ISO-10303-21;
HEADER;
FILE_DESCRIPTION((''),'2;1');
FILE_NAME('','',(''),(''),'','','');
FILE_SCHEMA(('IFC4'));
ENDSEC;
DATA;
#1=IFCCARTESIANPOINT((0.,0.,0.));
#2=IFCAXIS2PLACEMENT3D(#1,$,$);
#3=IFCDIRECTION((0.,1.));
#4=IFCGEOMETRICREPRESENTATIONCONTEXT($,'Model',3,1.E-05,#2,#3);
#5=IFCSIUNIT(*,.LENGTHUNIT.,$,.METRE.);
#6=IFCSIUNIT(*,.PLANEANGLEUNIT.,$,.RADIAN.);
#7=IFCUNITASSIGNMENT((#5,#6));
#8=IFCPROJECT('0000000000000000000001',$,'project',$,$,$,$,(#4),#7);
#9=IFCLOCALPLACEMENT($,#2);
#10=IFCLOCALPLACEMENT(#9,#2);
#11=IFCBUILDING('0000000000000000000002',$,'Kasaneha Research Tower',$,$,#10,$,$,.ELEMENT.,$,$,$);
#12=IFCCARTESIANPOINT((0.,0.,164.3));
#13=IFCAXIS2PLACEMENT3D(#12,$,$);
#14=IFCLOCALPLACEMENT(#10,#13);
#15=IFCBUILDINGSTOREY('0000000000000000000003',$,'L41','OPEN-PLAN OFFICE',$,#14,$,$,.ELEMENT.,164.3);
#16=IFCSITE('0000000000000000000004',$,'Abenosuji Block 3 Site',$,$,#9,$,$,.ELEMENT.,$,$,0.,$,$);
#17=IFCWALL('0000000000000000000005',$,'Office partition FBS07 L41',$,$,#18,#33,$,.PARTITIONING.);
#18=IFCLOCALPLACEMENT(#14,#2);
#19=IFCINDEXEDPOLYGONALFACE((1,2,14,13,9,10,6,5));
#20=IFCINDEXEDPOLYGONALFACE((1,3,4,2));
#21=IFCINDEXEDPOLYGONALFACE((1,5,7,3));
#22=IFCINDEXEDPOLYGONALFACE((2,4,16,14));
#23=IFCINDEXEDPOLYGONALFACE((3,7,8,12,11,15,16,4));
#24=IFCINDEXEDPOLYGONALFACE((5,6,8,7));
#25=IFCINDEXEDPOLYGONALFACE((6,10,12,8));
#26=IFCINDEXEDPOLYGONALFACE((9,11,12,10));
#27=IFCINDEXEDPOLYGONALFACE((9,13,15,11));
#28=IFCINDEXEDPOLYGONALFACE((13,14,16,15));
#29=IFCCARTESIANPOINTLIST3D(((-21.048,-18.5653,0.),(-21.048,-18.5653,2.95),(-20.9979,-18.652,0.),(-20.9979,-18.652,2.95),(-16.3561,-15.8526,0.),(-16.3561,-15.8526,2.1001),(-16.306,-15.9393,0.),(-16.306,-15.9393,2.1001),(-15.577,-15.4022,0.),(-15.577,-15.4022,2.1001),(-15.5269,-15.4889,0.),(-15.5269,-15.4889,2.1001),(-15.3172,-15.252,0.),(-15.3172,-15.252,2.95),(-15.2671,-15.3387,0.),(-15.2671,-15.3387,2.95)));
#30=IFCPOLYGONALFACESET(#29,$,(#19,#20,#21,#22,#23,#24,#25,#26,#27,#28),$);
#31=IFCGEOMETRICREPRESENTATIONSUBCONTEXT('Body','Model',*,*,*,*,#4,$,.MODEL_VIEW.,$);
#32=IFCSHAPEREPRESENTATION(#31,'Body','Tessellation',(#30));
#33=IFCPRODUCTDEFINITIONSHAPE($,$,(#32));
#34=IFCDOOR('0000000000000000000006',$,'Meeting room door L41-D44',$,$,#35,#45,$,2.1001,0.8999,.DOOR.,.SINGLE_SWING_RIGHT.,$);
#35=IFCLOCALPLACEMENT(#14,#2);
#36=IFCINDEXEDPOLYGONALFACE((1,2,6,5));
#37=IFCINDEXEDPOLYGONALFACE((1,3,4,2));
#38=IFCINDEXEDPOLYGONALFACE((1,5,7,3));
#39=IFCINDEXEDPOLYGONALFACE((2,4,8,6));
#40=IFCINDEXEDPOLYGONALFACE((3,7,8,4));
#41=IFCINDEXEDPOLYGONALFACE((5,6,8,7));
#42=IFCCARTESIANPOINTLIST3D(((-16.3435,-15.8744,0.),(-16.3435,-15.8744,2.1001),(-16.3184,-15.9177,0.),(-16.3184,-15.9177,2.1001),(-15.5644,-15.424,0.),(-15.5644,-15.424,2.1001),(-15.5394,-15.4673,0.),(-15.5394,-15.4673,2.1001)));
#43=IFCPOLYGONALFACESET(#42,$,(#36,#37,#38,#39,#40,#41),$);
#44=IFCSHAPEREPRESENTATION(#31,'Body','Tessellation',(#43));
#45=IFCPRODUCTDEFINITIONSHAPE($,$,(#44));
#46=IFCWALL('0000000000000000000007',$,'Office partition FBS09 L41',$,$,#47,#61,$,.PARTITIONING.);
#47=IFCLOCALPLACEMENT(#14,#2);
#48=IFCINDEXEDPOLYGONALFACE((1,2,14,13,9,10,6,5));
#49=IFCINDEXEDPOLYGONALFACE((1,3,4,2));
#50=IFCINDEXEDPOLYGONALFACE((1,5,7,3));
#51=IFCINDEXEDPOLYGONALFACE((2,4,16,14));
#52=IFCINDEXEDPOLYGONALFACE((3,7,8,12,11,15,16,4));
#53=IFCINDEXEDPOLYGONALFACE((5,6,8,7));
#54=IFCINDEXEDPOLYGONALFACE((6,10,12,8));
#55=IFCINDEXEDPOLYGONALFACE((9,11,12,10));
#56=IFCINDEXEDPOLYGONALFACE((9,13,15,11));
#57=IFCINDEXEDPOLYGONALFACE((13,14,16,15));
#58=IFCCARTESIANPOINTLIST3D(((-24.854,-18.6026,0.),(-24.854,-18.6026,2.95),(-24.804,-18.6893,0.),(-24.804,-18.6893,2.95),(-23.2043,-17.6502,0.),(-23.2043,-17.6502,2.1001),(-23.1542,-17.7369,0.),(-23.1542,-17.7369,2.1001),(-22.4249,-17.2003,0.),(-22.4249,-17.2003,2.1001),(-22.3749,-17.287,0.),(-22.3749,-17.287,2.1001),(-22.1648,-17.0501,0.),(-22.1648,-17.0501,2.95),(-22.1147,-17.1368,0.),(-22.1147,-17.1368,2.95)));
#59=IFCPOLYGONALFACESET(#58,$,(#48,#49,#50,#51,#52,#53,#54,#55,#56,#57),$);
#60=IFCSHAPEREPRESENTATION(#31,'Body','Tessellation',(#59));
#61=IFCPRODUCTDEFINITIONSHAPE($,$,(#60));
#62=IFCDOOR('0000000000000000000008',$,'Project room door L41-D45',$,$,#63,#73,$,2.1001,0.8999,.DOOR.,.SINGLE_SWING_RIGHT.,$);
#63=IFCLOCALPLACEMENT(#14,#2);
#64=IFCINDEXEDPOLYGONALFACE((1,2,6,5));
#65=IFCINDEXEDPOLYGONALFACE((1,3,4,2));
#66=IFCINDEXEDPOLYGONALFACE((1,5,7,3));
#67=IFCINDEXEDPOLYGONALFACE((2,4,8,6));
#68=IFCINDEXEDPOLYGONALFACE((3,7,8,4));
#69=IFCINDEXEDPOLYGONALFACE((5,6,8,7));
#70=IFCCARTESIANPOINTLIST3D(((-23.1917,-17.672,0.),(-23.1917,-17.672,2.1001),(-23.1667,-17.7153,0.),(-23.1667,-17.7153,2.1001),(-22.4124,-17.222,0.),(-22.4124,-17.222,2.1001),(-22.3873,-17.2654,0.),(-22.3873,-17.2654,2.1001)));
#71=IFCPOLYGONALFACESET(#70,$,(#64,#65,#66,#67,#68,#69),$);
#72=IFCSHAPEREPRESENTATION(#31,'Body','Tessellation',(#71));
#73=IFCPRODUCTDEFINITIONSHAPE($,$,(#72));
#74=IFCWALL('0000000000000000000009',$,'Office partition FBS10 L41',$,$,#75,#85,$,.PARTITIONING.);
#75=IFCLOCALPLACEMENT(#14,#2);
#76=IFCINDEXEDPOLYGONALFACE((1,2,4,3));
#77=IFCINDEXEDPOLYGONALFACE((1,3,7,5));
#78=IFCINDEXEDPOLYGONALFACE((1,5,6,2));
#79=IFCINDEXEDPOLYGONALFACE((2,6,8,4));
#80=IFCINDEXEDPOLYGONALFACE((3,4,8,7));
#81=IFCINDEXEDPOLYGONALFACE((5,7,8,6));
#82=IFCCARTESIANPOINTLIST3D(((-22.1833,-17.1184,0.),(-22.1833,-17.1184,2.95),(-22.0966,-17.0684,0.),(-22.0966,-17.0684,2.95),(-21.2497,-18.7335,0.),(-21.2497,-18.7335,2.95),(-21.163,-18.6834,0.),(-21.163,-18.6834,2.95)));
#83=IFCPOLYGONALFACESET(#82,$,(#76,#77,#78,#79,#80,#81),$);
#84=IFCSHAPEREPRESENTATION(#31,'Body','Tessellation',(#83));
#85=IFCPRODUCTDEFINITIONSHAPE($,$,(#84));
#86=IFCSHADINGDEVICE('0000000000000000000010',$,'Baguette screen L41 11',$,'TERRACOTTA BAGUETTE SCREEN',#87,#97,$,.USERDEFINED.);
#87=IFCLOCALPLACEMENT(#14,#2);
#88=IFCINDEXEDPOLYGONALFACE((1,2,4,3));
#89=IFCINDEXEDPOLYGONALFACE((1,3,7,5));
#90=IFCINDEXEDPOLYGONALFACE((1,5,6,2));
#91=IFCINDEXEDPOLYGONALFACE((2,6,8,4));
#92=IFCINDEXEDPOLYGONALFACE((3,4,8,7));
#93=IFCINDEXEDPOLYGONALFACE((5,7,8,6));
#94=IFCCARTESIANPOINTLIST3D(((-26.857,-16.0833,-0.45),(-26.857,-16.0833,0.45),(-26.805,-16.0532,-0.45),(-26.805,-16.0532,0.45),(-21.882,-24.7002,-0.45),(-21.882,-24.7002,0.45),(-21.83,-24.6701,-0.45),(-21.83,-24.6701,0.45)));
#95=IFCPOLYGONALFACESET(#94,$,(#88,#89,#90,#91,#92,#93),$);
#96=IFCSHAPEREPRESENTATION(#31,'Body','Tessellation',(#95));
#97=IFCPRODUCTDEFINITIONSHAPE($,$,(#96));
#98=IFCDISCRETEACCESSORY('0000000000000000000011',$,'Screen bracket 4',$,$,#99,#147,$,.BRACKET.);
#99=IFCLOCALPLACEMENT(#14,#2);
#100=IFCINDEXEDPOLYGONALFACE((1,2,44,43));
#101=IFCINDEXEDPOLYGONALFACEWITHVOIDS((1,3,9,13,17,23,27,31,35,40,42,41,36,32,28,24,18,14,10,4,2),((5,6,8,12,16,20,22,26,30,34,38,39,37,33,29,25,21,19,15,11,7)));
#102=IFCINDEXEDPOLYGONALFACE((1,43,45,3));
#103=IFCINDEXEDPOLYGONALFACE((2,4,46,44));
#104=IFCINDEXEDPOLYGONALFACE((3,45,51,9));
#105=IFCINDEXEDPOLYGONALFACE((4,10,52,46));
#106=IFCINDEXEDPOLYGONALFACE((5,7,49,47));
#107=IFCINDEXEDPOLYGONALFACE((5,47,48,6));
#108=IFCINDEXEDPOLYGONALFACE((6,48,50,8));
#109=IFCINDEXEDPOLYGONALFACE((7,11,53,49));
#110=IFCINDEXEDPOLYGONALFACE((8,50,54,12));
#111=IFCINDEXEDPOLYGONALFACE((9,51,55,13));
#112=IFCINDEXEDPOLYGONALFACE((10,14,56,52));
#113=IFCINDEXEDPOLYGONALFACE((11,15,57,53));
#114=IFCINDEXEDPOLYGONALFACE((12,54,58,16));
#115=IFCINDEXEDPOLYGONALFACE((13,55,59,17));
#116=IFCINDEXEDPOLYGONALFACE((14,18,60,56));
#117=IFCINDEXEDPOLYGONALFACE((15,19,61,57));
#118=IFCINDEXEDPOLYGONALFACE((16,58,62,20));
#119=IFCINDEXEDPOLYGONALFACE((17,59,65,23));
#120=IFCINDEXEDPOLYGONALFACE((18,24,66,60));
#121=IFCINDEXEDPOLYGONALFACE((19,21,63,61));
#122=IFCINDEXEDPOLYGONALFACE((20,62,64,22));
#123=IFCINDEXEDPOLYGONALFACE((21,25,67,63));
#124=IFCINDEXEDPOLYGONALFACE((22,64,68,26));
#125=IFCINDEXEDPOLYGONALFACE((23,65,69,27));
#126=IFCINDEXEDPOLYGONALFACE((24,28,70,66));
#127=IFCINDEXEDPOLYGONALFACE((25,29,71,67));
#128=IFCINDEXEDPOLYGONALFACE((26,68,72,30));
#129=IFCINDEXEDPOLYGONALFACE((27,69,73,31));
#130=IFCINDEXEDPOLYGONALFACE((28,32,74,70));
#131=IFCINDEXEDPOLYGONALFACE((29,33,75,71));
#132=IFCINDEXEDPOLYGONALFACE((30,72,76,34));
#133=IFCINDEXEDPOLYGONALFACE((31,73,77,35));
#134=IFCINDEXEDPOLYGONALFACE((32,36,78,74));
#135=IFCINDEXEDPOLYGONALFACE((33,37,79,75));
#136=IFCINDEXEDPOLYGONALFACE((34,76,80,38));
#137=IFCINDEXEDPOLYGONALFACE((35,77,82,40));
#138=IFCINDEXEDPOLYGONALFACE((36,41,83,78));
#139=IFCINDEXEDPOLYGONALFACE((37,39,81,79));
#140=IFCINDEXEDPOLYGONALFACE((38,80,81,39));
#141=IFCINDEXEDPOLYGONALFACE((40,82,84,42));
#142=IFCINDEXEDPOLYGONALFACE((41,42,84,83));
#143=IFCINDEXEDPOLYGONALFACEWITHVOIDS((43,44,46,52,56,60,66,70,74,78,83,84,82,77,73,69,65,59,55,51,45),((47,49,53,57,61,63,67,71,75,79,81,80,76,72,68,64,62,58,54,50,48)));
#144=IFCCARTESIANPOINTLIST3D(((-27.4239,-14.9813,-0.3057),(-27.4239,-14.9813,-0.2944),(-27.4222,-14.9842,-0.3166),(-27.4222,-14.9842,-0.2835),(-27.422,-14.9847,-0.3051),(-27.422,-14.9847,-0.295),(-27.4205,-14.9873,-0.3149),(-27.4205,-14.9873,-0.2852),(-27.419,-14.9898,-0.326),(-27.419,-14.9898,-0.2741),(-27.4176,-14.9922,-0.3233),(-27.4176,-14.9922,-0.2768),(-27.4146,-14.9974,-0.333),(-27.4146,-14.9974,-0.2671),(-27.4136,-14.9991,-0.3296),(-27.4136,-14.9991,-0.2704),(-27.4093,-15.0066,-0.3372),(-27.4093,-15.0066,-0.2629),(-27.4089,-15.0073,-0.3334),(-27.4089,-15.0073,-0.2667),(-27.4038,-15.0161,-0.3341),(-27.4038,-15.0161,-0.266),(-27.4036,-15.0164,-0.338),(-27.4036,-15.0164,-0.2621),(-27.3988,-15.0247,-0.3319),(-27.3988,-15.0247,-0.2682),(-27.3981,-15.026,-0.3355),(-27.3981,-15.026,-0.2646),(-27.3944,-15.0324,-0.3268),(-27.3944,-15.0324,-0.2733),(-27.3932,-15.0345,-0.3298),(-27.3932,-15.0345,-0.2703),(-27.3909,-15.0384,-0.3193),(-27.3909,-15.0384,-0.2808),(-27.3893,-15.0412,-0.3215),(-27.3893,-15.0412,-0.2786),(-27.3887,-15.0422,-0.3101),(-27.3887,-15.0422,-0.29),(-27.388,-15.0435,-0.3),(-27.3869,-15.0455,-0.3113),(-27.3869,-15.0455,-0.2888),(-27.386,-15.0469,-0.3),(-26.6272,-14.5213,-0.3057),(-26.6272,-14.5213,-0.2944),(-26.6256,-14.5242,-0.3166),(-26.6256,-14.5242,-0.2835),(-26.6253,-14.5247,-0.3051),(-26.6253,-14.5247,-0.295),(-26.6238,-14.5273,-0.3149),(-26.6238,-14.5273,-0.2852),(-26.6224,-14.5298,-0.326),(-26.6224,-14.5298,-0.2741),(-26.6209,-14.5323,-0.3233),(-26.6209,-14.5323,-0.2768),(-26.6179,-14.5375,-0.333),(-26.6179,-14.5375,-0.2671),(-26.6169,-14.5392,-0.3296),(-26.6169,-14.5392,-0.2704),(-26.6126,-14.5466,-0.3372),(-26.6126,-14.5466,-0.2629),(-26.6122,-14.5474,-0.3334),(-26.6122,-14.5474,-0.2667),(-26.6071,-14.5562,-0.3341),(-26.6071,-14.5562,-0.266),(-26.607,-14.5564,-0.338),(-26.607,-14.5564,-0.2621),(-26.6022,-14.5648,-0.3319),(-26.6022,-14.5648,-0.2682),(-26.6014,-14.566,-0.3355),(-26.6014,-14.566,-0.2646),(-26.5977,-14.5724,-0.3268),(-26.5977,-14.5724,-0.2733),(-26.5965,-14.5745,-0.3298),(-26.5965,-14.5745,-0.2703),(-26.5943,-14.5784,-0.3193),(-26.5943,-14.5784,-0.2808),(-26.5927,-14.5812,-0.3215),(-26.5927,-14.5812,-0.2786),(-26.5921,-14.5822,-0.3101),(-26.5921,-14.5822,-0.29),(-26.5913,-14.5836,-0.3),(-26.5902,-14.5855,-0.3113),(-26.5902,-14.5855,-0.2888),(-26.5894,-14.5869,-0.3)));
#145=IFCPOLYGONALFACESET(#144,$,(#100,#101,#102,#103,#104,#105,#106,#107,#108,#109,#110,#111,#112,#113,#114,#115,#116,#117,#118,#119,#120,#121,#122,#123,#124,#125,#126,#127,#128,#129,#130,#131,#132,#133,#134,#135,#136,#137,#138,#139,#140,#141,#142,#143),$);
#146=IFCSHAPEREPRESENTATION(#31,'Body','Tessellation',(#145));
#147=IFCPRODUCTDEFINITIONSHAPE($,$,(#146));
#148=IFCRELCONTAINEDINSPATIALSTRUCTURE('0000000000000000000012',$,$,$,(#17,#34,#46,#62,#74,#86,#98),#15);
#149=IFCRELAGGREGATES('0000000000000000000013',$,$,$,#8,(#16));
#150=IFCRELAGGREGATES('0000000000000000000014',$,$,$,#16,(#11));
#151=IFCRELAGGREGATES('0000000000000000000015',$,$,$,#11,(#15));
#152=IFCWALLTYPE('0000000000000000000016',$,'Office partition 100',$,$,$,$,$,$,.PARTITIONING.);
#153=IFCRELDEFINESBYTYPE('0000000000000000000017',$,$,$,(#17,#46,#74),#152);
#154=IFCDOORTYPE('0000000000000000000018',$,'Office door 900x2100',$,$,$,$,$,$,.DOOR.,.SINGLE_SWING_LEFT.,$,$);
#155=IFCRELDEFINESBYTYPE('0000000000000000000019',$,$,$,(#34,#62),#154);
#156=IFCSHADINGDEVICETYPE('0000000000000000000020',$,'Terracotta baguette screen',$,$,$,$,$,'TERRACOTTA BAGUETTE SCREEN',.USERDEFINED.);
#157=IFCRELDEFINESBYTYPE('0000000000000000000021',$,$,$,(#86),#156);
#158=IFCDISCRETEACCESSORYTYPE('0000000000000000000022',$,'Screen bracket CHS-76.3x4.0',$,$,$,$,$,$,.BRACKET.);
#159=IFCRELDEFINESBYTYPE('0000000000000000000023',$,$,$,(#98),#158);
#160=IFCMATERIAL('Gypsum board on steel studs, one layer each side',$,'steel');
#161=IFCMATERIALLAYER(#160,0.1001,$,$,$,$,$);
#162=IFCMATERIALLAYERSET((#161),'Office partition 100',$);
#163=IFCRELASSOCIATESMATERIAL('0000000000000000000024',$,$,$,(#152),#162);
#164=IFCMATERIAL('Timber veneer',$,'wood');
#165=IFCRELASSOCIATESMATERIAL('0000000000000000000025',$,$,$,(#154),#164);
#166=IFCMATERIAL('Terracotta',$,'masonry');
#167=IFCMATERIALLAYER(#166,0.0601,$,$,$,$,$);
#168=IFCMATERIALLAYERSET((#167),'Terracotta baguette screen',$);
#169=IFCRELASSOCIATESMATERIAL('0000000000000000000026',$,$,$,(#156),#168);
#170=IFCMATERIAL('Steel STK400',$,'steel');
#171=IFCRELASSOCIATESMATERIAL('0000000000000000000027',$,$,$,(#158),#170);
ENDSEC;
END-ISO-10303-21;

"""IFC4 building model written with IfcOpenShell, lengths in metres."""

from ifc_helpers import new_model, si_unit, direction, frame, frame_2d, origin, origin_2d, place, context, subcontext, project, spatial, rectangle, hollow_circle, extrude, material, layer, layer_set, material_profile, profile_set, type_object, element, fill, save


model = new_model("IFC4")

# Units and contexts
model_context = context("Model", 3, precision=1e-05, world=origin(), true_north=direction((0.0, 1.0)))
body_context = subcontext(model_context, "Body", "Model", "MODEL_VIEW")
ifc_project = project(units=[si_unit("LENGTHUNIT", "METRE"), si_unit("PLANEANGLEUNIT", "RADIAN")], contexts=[model_context])

# Site, building, storey
site_placement = place(None, origin())
site = spatial("IfcSite", under=ifc_project, at=site_placement, Name="Abenosuji Block 3 Site", CompositionType="ELEMENT", RefElevation=0.0)
building_placement = place(site_placement, origin())
building = spatial("IfcBuilding", under=site, at=building_placement, Name="Kasaneha Research Tower", CompositionType="ELEMENT")
storey_placement = place(building_placement, frame((0.0, 0.0, 164.3)))
storey = spatial("IfcBuildingStorey", under=building, at=storey_placement, Name="L41", Description="OPEN-PLAN OFFICE", CompositionType="ELEMENT", Elevation=164.3)

# Shared definitions
ifc_material_1 = material(Name="Gypsum board on steel studs, one layer each side", Category="steel")
ifc_layer_1 = layer(ifc_material_1, 0.1001)
ifc_layer_set_1 = layer_set([ifc_layer_1], Name="Office partition 100")
wall_type = type_object("IfcWallType", Name="Office partition 100", PredefinedType="PARTITIONING", material=ifc_layer_set_1)

# Walls, openings, doors
wall_1_placement = place(storey_placement, frame((-21.0229, -18.6086, 0.0), z_axis=(0.0, 0.0, 1.0), x_axis=(0.865724, 0.500522, 0.0)))
wall_1 = element("IfcWall", 1, at=wall_1_placement, inside=storey, type_object=wall_type, Name="Office partition FBS07 L41", PredefinedType="PARTITIONING", context=body_context, shape_type="SweptSolid", body=[
    extrude(rectangle(XDim=6.6196, YDim=0.1001, at=frame_2d((3.3098, 0.0))), origin(), (0.0, 0.0, 1.0), 2.95),
])
opening_1_placement = place(wall_1_placement, frame((5.4197, 0.0, 0.0)))
opening_1 = element("IfcOpeningElement", 2, at=opening_1_placement, cuts=wall_1, PredefinedType="OPENING", context=body_context, shape_type="SweptSolid", body=[
    extrude(rectangle(XDim=0.8999, YDim=2.1001, at=frame_2d((0.45, 1.05))), frame((0.0, 0.0601, 0.0), z_axis=(0.0, -1.0, 0.0), x_axis=(1.0, 0.0, 0.0)), (0.0, 0.0, 1.0), 0.1201),
])
ifc_material_2 = material(Name="Timber veneer", Category="wood")
door_type = type_object("IfcDoorType", Name="Office door 900x2100", OperationType="SINGLE_SWING_LEFT", PredefinedType="DOOR", material=ifc_material_2)
door_1_placement = place(opening_1_placement, origin())
door_1 = element("IfcDoor", 3, at=door_1_placement, inside=storey, type_object=door_type, Name="Meeting room door L41-D44", OperationType="SINGLE_SWING_RIGHT", OverallHeight=2.1001, OverallWidth=0.8999, PredefinedType="DOOR", context=body_context, shape_type="SweptSolid", body=[
    extrude(rectangle(XDim=0.8999, YDim=2.1001, at=frame_2d((0.45, 1.05))), frame((0.0, 0.0249, 0.0), z_axis=(0.0, -1.0, 0.0), x_axis=(1.0, 0.0, 0.0)), (0.0, 0.0, 1.0), 0.05),
])
fill(opening_1, door_1)
wall_2_placement = place(storey_placement, frame((-24.8291, -18.646, 0.0), z_axis=(0.0, 0.0, 1.0), x_axis=(0.866043, 0.49997, 0.0)))
wall_2 = element("IfcWall", 4, at=wall_2_placement, inside=storey, type_object=wall_type, Name="Office partition FBS09 L41", PredefinedType="PARTITIONING", context=body_context, shape_type="SweptSolid", body=[
    extrude(rectangle(XDim=3.1052, YDim=0.1001, at=frame_2d((1.5527, 0.0))), origin(), (0.0, 0.0, 1.0), 2.95),
])
opening_2_placement = place(wall_2_placement, frame((1.905, 0.0, 0.0)))
opening_2 = element("IfcOpeningElement", 5, at=opening_2_placement, cuts=wall_2, PredefinedType="OPENING", context=body_context, shape_type="SweptSolid", body=[
    extrude(rectangle(XDim=0.8999, YDim=2.1001, at=frame_2d((0.45, 1.05))), frame((0.0, 0.0601, 0.0), z_axis=(0.0, -1.0, 0.0), x_axis=(1.0, 0.0, 0.0)), (0.0, 0.0, 1.0), 0.1201),
])
door_2_placement = place(opening_2_placement, origin())
door_2 = element("IfcDoor", 6, at=door_2_placement, inside=storey, type_object=door_type, Name="Project room door L41-D45", OperationType="SINGLE_SWING_RIGHT", OverallHeight=2.1001, OverallWidth=0.8999, PredefinedType="DOOR", context=body_context, shape_type="SweptSolid", body=[
    extrude(rectangle(XDim=0.8999, YDim=2.1001, at=frame_2d((0.45, 1.05))), frame((0.0, 0.0249, 0.0), z_axis=(0.0, -1.0, 0.0), x_axis=(1.0, 0.0, 0.0)), (0.0, 0.0, 1.0), 0.05),
])
fill(opening_2, door_2)

# Wall
wall_3_placement = place(storey_placement, frame((-22.1399, -17.0935, 0.0), z_axis=(0.0, 0.0, 1.0), x_axis=(0.500474, -0.865752, 0.0)))
element("IfcWall", 7, at=wall_3_placement, inside=storey, type_object=wall_type, Name="Office partition FBS10 L41", PredefinedType="PARTITIONING", context=body_context, shape_type="SweptSolid", body=[
    extrude(rectangle(XDim=1.8655, YDim=0.1001, at=frame_2d((0.9326, 0.0))), origin(), (0.0, 0.0, 1.0), 2.95),
])

# Shading device
ifc_material_3 = material(Name="Terracotta", Category="masonry")
ifc_layer_2 = layer(ifc_material_3, 0.0601)
ifc_layer_set_2 = layer_set([ifc_layer_2], Name="Terracotta baguette screen")
shading_device_type = type_object("IfcShadingDeviceType", Name="Terracotta baguette screen", ElementType="TERRACOTTA BAGUETTE SCREEN", PredefinedType="USERDEFINED", material=ifc_layer_set_2)
shading_device_placement = place(storey_placement, frame((-24.3435, -20.3767, -0.45), z_axis=(0.0, 0.0, 1.0), x_axis=(0.5, -0.866025, 0.0)))
element("IfcShadingDevice", 8, at=shading_device_placement, inside=storey, type_object=shading_device_type, Name="Baguette screen L41 11", ObjectType="TERRACOTTA BAGUETTE SCREEN", PredefinedType="USERDEFINED", context=body_context, shape_type="SweptSolid", body=[
    extrude(rectangle(XDim=9.95, YDim=0.0601, at=origin_2d()), origin(), (0.0, 0.0, 1.0), 0.8999),
])

# Discrete accessory
ifc_material_4 = material(Name="Steel STK400", Category="steel")
ifc_material_profile_1 = material_profile(ifc_material_4, hollow_circle(Radius=0.0381, WallThickness=0.0039, at=origin_2d()), Name="CHS-76.3x4.0")
ifc_profile_set_1 = profile_set([ifc_material_profile_1], Name="Steel STK400")
discrete_accessory_type = type_object("IfcDiscreteAccessoryType", Name="Screen bracket CHS-76.3x4.0", PredefinedType="BRACKET", material=ifc_profile_set_1)
for number, where, z_axis, x_axis, name in (
    (9, (-26.6084, -14.554, -0.3), (-0.866013, -0.500021, 0.0), (0.500021, -0.866013, 0.0), "Screen bracket 4"),
):
    element("IfcDiscreteAccessory", number, at=place(storey_placement, frame(where, z_axis=z_axis, x_axis=x_axis)), inside=storey, type_object=discrete_accessory_type, Name=name, PredefinedType="BRACKET", context=body_context, shape_type="SweptSolid", body=[
        extrude(hollow_circle(Radius=0.0381, WallThickness=0.0039, at=origin_2d()), origin(), (0.0, 0.0, 1.0), 0.9199),
    ])

save(model, "model.ifc")
